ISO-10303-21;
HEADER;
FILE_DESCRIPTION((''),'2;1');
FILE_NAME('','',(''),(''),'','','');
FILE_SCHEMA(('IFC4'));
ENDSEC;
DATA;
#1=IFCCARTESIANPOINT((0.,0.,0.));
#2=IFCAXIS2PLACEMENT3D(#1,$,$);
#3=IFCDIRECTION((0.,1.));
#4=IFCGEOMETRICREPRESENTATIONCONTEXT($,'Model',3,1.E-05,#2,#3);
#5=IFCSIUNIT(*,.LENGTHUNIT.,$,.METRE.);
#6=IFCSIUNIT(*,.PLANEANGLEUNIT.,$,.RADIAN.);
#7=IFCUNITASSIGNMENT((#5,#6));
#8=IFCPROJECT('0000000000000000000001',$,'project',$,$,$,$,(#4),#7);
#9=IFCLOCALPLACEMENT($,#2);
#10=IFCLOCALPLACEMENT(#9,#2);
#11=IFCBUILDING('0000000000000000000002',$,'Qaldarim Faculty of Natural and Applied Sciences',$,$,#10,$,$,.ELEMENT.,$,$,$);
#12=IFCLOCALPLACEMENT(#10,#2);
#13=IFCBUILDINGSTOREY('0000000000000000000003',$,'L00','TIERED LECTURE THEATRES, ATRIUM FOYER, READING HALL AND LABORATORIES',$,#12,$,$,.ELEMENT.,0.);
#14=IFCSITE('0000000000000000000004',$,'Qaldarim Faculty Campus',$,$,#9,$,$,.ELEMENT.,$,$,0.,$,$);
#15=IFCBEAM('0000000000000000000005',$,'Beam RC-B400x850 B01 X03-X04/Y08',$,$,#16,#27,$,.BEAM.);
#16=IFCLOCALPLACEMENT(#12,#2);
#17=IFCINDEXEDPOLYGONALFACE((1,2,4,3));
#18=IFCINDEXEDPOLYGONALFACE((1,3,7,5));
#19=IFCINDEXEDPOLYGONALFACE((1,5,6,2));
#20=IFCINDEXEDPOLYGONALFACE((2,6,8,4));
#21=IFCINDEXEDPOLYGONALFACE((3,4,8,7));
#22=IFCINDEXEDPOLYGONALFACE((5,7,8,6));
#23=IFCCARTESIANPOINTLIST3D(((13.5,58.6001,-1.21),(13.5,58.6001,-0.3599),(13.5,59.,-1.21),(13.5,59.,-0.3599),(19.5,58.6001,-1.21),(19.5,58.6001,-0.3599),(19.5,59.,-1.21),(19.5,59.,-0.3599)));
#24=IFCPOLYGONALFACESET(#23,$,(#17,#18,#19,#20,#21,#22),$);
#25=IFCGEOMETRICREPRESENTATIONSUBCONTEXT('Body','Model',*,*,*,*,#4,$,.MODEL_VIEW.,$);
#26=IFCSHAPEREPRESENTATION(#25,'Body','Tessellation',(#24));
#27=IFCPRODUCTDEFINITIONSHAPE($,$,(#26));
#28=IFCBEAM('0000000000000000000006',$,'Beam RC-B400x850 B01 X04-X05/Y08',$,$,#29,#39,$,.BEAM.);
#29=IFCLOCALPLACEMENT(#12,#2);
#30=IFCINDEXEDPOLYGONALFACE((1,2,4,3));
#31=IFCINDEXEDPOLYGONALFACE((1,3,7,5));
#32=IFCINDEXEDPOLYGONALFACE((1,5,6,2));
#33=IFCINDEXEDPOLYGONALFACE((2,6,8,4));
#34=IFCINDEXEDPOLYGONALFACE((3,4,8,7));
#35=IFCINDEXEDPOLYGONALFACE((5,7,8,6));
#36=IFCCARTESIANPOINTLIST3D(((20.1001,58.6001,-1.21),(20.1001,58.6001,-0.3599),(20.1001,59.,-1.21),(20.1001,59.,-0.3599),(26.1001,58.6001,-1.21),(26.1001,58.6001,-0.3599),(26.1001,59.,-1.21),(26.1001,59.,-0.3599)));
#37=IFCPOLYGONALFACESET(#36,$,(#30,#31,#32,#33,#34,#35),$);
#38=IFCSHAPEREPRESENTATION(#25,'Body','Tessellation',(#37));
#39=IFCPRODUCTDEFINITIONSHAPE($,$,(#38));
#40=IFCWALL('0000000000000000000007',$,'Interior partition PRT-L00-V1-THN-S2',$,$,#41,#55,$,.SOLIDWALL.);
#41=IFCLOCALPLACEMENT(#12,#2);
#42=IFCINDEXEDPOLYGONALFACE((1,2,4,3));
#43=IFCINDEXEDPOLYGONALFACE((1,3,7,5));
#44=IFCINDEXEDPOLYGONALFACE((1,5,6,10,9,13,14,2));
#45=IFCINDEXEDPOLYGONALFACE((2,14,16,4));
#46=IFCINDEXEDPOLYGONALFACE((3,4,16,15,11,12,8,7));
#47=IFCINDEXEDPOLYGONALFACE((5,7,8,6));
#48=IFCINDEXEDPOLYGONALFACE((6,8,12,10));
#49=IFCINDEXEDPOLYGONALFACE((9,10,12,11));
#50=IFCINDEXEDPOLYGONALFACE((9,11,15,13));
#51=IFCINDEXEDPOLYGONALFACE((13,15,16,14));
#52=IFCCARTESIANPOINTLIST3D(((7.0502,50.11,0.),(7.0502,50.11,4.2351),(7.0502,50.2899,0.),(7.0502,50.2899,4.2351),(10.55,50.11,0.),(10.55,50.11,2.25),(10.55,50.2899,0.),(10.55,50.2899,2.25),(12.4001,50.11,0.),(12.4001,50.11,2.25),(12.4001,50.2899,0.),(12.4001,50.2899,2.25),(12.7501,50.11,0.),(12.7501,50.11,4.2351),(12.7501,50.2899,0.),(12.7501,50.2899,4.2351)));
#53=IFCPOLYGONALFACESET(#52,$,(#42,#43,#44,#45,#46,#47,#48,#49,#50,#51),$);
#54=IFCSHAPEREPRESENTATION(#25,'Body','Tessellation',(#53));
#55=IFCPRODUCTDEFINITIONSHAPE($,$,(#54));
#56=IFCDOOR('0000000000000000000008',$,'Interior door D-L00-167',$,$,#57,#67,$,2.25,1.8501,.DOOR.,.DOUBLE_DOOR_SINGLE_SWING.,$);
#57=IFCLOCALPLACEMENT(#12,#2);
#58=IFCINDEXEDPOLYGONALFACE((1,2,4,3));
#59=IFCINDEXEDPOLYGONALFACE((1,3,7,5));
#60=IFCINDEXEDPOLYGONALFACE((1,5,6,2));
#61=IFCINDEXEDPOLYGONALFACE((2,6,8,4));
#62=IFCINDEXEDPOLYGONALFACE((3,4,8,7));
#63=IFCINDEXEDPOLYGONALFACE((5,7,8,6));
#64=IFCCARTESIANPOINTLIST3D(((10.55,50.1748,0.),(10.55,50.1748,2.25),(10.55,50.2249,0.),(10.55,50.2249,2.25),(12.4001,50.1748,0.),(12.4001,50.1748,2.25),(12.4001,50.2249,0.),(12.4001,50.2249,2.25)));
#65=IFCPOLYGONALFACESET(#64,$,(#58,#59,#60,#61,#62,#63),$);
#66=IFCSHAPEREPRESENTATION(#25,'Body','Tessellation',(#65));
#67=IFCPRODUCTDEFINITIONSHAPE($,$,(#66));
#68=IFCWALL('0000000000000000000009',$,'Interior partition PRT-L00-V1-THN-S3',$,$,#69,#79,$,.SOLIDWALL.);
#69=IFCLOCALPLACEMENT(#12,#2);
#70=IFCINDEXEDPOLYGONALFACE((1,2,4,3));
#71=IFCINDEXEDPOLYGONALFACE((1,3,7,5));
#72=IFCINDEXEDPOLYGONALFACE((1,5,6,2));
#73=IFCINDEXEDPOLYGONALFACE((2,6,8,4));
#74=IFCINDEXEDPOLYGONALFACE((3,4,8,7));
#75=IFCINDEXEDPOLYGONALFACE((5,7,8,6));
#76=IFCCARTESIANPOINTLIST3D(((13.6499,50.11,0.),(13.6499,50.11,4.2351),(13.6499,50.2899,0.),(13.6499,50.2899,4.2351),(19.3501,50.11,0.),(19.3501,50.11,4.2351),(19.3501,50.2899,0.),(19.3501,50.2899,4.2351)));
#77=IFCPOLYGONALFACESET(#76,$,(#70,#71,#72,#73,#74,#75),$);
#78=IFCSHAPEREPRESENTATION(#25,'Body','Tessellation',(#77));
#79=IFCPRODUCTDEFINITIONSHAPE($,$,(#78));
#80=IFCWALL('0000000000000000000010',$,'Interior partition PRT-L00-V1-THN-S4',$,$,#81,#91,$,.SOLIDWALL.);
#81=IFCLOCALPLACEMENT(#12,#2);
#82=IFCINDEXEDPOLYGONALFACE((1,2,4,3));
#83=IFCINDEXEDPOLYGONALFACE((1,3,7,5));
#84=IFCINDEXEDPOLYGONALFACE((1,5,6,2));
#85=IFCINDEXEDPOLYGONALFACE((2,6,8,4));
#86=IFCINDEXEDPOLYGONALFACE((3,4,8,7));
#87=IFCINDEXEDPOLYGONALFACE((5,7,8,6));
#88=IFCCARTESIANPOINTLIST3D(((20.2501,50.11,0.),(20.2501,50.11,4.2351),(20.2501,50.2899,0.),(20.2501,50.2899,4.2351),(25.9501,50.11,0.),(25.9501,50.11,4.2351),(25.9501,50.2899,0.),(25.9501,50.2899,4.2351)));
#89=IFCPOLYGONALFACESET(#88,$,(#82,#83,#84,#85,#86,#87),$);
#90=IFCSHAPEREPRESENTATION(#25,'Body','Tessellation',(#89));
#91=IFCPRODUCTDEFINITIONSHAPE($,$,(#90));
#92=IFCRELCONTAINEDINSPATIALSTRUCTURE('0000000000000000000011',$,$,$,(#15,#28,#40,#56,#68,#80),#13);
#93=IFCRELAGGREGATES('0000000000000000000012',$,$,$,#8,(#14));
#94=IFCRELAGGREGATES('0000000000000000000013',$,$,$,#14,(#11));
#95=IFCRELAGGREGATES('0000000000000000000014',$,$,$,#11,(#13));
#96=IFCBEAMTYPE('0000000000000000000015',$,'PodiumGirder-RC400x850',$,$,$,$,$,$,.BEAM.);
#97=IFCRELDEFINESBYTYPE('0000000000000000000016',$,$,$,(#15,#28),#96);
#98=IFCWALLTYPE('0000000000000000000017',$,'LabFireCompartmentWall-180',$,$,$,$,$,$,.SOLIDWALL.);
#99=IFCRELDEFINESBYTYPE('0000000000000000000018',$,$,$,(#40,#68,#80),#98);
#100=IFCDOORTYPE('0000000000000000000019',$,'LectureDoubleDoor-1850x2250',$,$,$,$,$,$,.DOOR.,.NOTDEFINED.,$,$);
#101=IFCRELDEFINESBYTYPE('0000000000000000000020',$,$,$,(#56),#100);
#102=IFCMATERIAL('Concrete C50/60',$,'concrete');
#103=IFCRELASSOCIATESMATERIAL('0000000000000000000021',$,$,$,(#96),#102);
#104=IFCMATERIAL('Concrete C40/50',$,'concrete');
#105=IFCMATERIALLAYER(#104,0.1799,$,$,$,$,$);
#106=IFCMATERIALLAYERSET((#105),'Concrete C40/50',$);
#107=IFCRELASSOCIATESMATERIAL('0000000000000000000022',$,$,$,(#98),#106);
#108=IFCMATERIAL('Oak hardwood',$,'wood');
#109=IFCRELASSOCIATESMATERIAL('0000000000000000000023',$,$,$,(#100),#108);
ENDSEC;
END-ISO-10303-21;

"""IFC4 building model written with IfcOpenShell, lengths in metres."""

from ifc_helpers import new_model, si_unit, direction, frame, frame_2d, origin, origin_2d, place, context, subcontext, project, spatial, rectangle, extrude, material, layer, layer_set, material_profile, profile_set, type_object, element, fill, save


model = new_model("IFC4")

# Units and contexts
model_context = context("Model", 3, precision=1e-05, world=origin(), true_north=direction((0.0, 1.0)))
body_context = subcontext(model_context, "Body", "Model", "MODEL_VIEW")
ifc_project = project(units=[si_unit("LENGTHUNIT", "METRE"), si_unit("PLANEANGLEUNIT", "RADIAN")], contexts=[model_context])

# Site, building, storey
site_placement = place(None, origin())
site = spatial("IfcSite", under=ifc_project, at=site_placement, Name="Qaldarim Faculty Campus", CompositionType="ELEMENT", RefElevation=0.0)
building_placement = place(site_placement, origin())
building = spatial("IfcBuilding", under=site, at=building_placement, Name="Qaldarim Faculty of Natural and Applied Sciences", CompositionType="ELEMENT")
storey_placement = place(building_placement, origin())
storey = spatial("IfcBuildingStorey", under=building, at=storey_placement, Name="L00", Description="TIERED LECTURE THEATRES, ATRIUM FOYER, READING HALL AND LABORATORIES", CompositionType="ELEMENT", Elevation=0.0)

# Shared definitions
ifc_material_1 = material(Name="Concrete C50/60", Category="concrete")

# Beams
ifc_material_profile_1 = material_profile(ifc_material_1, rectangle(XDim=0.3999, YDim=0.8501, at=origin_2d()), Name="RC-B400x850")
ifc_profile_set_1 = profile_set([ifc_material_profile_1], Name="Concrete C50/60")
beam_type_1 = type_object("IfcBeamType", Name="PodiumGirder-RC400x850", PredefinedType="BEAM", material=ifc_profile_set_1)
for number, where, z_axis, x_axis, name in (
    (1, (13.5, 58.8, -0.7849), (1.0, 0.0, 0.0), (0.0, 1.0, 0.0), "Beam RC-B400x850 B01 X03-X04/Y08"),
    (2, (20.1001, 58.8, -0.7849), (1.0, 0.0, 0.0), (0.0, 1.0, 0.0), "Beam RC-B400x850 B01 X04-X05/Y08"),
):
    element("IfcBeam", number, at=place(storey_placement, frame(where, z_axis=z_axis, x_axis=x_axis)), inside=storey, type_object=beam_type_1, Name=name, PredefinedType="BEAM", context=body_context, shape_type="SweptSolid", body=[
        extrude(rectangle(XDim=0.3999, YDim=0.8501, at=origin_2d()), origin(), (0.0, 0.0, 1.0), 6.0),
    ])

# Wall, opening, door
ifc_material_2 = material(Name="Concrete C40/50", Category="concrete")
ifc_layer = layer(ifc_material_2, 0.1799)
ifc_layer_set = layer_set([ifc_layer], Name="Concrete C40/50")
wall_type = type_object("IfcWallType", Name="LabFireCompartmentWall-180", PredefinedType="SOLIDWALL", material=ifc_layer_set)
wall_1_placement = place(storey_placement, frame((7.05, 50.2, 0.0), z_axis=(0.0, 0.0, 1.0), x_axis=(1.0, 0.0, 0.0)))
wall_1 = element("IfcWall", 3, at=wall_1_placement, inside=storey, type_object=wall_type, Name="Interior partition PRT-L00-V1-THN-S2", PredefinedType="SOLIDWALL", context=body_context, shape_type="SweptSolid", body=[
    extrude(rectangle(XDim=5.7, YDim=0.1799, at=frame_2d((2.8501, 0.0))), origin(), (0.0, 0.0, 1.0), 4.2351),
])
opening_placement = place(wall_1_placement, frame((3.5, 0.0, 0.0)))
opening = element("IfcOpeningElement", 4, at=opening_placement, cuts=wall_1, PredefinedType="OPENING", context=body_context, shape_type="SweptSolid", body=[
    extrude(rectangle(XDim=1.8501, YDim=2.25, at=frame_2d((0.925, 1.125))), frame((0.0, 0.0999, 0.0), z_axis=(0.0, -1.0, 0.0), x_axis=(1.0, 0.0, 0.0)), (0.0, 0.0, 1.0), 0.2),
])
ifc_material_3 = material(Name="Oak hardwood", Category="wood")
door_type = type_object("IfcDoorType", Name="LectureDoubleDoor-1850x2250", OperationType="NOTDEFINED", PredefinedType="DOOR", material=ifc_material_3)
door_placement = place(opening_placement, origin())
door = element("IfcDoor", 5, at=door_placement, inside=storey, type_object=door_type, Name="Interior door D-L00-167", OperationType="DOUBLE_DOOR_SINGLE_SWING", OverallHeight=2.25, OverallWidth=1.8501, PredefinedType="DOOR", context=body_context, shape_type="SweptSolid", body=[
    extrude(rectangle(XDim=1.8501, YDim=2.25, at=frame_2d((0.925, 1.125))), frame((0.0, 0.0249, 0.0), z_axis=(0.0, -1.0, 0.0), x_axis=(1.0, 0.0, 0.0)), (0.0, 0.0, 1.0), 0.05),
])
fill(opening, door)

# Walls
wall_2_placement = place(storey_placement, frame((13.6499, 50.2, 0.0), z_axis=(0.0, 0.0, 1.0), x_axis=(1.0, 0.0, 0.0)))
element("IfcWall", 6, at=wall_2_placement, inside=storey, type_object=wall_type, Name="Interior partition PRT-L00-V1-THN-S3", PredefinedType="SOLIDWALL", context=body_context, shape_type="SweptSolid", body=[
    extrude(rectangle(XDim=5.7002, YDim=0.1799, at=frame_2d((2.8501, 0.0))), origin(), (0.0, 0.0, 1.0), 4.2351),
])
wall_3_placement = place(storey_placement, frame((20.25, 50.2, 0.0), z_axis=(0.0, 0.0, 1.0), x_axis=(1.0, 0.0, 0.0)))
element("IfcWall", 7, at=wall_3_placement, inside=storey, type_object=wall_type, Name="Interior partition PRT-L00-V1-THN-S4", PredefinedType="SOLIDWALL", context=body_context, shape_type="SweptSolid", body=[
    extrude(rectangle(XDim=5.7, YDim=0.1799, at=frame_2d((2.8501, 0.0))), origin(), (0.0, 0.0, 1.0), 4.2351),
])

save(model, "model.ifc")
